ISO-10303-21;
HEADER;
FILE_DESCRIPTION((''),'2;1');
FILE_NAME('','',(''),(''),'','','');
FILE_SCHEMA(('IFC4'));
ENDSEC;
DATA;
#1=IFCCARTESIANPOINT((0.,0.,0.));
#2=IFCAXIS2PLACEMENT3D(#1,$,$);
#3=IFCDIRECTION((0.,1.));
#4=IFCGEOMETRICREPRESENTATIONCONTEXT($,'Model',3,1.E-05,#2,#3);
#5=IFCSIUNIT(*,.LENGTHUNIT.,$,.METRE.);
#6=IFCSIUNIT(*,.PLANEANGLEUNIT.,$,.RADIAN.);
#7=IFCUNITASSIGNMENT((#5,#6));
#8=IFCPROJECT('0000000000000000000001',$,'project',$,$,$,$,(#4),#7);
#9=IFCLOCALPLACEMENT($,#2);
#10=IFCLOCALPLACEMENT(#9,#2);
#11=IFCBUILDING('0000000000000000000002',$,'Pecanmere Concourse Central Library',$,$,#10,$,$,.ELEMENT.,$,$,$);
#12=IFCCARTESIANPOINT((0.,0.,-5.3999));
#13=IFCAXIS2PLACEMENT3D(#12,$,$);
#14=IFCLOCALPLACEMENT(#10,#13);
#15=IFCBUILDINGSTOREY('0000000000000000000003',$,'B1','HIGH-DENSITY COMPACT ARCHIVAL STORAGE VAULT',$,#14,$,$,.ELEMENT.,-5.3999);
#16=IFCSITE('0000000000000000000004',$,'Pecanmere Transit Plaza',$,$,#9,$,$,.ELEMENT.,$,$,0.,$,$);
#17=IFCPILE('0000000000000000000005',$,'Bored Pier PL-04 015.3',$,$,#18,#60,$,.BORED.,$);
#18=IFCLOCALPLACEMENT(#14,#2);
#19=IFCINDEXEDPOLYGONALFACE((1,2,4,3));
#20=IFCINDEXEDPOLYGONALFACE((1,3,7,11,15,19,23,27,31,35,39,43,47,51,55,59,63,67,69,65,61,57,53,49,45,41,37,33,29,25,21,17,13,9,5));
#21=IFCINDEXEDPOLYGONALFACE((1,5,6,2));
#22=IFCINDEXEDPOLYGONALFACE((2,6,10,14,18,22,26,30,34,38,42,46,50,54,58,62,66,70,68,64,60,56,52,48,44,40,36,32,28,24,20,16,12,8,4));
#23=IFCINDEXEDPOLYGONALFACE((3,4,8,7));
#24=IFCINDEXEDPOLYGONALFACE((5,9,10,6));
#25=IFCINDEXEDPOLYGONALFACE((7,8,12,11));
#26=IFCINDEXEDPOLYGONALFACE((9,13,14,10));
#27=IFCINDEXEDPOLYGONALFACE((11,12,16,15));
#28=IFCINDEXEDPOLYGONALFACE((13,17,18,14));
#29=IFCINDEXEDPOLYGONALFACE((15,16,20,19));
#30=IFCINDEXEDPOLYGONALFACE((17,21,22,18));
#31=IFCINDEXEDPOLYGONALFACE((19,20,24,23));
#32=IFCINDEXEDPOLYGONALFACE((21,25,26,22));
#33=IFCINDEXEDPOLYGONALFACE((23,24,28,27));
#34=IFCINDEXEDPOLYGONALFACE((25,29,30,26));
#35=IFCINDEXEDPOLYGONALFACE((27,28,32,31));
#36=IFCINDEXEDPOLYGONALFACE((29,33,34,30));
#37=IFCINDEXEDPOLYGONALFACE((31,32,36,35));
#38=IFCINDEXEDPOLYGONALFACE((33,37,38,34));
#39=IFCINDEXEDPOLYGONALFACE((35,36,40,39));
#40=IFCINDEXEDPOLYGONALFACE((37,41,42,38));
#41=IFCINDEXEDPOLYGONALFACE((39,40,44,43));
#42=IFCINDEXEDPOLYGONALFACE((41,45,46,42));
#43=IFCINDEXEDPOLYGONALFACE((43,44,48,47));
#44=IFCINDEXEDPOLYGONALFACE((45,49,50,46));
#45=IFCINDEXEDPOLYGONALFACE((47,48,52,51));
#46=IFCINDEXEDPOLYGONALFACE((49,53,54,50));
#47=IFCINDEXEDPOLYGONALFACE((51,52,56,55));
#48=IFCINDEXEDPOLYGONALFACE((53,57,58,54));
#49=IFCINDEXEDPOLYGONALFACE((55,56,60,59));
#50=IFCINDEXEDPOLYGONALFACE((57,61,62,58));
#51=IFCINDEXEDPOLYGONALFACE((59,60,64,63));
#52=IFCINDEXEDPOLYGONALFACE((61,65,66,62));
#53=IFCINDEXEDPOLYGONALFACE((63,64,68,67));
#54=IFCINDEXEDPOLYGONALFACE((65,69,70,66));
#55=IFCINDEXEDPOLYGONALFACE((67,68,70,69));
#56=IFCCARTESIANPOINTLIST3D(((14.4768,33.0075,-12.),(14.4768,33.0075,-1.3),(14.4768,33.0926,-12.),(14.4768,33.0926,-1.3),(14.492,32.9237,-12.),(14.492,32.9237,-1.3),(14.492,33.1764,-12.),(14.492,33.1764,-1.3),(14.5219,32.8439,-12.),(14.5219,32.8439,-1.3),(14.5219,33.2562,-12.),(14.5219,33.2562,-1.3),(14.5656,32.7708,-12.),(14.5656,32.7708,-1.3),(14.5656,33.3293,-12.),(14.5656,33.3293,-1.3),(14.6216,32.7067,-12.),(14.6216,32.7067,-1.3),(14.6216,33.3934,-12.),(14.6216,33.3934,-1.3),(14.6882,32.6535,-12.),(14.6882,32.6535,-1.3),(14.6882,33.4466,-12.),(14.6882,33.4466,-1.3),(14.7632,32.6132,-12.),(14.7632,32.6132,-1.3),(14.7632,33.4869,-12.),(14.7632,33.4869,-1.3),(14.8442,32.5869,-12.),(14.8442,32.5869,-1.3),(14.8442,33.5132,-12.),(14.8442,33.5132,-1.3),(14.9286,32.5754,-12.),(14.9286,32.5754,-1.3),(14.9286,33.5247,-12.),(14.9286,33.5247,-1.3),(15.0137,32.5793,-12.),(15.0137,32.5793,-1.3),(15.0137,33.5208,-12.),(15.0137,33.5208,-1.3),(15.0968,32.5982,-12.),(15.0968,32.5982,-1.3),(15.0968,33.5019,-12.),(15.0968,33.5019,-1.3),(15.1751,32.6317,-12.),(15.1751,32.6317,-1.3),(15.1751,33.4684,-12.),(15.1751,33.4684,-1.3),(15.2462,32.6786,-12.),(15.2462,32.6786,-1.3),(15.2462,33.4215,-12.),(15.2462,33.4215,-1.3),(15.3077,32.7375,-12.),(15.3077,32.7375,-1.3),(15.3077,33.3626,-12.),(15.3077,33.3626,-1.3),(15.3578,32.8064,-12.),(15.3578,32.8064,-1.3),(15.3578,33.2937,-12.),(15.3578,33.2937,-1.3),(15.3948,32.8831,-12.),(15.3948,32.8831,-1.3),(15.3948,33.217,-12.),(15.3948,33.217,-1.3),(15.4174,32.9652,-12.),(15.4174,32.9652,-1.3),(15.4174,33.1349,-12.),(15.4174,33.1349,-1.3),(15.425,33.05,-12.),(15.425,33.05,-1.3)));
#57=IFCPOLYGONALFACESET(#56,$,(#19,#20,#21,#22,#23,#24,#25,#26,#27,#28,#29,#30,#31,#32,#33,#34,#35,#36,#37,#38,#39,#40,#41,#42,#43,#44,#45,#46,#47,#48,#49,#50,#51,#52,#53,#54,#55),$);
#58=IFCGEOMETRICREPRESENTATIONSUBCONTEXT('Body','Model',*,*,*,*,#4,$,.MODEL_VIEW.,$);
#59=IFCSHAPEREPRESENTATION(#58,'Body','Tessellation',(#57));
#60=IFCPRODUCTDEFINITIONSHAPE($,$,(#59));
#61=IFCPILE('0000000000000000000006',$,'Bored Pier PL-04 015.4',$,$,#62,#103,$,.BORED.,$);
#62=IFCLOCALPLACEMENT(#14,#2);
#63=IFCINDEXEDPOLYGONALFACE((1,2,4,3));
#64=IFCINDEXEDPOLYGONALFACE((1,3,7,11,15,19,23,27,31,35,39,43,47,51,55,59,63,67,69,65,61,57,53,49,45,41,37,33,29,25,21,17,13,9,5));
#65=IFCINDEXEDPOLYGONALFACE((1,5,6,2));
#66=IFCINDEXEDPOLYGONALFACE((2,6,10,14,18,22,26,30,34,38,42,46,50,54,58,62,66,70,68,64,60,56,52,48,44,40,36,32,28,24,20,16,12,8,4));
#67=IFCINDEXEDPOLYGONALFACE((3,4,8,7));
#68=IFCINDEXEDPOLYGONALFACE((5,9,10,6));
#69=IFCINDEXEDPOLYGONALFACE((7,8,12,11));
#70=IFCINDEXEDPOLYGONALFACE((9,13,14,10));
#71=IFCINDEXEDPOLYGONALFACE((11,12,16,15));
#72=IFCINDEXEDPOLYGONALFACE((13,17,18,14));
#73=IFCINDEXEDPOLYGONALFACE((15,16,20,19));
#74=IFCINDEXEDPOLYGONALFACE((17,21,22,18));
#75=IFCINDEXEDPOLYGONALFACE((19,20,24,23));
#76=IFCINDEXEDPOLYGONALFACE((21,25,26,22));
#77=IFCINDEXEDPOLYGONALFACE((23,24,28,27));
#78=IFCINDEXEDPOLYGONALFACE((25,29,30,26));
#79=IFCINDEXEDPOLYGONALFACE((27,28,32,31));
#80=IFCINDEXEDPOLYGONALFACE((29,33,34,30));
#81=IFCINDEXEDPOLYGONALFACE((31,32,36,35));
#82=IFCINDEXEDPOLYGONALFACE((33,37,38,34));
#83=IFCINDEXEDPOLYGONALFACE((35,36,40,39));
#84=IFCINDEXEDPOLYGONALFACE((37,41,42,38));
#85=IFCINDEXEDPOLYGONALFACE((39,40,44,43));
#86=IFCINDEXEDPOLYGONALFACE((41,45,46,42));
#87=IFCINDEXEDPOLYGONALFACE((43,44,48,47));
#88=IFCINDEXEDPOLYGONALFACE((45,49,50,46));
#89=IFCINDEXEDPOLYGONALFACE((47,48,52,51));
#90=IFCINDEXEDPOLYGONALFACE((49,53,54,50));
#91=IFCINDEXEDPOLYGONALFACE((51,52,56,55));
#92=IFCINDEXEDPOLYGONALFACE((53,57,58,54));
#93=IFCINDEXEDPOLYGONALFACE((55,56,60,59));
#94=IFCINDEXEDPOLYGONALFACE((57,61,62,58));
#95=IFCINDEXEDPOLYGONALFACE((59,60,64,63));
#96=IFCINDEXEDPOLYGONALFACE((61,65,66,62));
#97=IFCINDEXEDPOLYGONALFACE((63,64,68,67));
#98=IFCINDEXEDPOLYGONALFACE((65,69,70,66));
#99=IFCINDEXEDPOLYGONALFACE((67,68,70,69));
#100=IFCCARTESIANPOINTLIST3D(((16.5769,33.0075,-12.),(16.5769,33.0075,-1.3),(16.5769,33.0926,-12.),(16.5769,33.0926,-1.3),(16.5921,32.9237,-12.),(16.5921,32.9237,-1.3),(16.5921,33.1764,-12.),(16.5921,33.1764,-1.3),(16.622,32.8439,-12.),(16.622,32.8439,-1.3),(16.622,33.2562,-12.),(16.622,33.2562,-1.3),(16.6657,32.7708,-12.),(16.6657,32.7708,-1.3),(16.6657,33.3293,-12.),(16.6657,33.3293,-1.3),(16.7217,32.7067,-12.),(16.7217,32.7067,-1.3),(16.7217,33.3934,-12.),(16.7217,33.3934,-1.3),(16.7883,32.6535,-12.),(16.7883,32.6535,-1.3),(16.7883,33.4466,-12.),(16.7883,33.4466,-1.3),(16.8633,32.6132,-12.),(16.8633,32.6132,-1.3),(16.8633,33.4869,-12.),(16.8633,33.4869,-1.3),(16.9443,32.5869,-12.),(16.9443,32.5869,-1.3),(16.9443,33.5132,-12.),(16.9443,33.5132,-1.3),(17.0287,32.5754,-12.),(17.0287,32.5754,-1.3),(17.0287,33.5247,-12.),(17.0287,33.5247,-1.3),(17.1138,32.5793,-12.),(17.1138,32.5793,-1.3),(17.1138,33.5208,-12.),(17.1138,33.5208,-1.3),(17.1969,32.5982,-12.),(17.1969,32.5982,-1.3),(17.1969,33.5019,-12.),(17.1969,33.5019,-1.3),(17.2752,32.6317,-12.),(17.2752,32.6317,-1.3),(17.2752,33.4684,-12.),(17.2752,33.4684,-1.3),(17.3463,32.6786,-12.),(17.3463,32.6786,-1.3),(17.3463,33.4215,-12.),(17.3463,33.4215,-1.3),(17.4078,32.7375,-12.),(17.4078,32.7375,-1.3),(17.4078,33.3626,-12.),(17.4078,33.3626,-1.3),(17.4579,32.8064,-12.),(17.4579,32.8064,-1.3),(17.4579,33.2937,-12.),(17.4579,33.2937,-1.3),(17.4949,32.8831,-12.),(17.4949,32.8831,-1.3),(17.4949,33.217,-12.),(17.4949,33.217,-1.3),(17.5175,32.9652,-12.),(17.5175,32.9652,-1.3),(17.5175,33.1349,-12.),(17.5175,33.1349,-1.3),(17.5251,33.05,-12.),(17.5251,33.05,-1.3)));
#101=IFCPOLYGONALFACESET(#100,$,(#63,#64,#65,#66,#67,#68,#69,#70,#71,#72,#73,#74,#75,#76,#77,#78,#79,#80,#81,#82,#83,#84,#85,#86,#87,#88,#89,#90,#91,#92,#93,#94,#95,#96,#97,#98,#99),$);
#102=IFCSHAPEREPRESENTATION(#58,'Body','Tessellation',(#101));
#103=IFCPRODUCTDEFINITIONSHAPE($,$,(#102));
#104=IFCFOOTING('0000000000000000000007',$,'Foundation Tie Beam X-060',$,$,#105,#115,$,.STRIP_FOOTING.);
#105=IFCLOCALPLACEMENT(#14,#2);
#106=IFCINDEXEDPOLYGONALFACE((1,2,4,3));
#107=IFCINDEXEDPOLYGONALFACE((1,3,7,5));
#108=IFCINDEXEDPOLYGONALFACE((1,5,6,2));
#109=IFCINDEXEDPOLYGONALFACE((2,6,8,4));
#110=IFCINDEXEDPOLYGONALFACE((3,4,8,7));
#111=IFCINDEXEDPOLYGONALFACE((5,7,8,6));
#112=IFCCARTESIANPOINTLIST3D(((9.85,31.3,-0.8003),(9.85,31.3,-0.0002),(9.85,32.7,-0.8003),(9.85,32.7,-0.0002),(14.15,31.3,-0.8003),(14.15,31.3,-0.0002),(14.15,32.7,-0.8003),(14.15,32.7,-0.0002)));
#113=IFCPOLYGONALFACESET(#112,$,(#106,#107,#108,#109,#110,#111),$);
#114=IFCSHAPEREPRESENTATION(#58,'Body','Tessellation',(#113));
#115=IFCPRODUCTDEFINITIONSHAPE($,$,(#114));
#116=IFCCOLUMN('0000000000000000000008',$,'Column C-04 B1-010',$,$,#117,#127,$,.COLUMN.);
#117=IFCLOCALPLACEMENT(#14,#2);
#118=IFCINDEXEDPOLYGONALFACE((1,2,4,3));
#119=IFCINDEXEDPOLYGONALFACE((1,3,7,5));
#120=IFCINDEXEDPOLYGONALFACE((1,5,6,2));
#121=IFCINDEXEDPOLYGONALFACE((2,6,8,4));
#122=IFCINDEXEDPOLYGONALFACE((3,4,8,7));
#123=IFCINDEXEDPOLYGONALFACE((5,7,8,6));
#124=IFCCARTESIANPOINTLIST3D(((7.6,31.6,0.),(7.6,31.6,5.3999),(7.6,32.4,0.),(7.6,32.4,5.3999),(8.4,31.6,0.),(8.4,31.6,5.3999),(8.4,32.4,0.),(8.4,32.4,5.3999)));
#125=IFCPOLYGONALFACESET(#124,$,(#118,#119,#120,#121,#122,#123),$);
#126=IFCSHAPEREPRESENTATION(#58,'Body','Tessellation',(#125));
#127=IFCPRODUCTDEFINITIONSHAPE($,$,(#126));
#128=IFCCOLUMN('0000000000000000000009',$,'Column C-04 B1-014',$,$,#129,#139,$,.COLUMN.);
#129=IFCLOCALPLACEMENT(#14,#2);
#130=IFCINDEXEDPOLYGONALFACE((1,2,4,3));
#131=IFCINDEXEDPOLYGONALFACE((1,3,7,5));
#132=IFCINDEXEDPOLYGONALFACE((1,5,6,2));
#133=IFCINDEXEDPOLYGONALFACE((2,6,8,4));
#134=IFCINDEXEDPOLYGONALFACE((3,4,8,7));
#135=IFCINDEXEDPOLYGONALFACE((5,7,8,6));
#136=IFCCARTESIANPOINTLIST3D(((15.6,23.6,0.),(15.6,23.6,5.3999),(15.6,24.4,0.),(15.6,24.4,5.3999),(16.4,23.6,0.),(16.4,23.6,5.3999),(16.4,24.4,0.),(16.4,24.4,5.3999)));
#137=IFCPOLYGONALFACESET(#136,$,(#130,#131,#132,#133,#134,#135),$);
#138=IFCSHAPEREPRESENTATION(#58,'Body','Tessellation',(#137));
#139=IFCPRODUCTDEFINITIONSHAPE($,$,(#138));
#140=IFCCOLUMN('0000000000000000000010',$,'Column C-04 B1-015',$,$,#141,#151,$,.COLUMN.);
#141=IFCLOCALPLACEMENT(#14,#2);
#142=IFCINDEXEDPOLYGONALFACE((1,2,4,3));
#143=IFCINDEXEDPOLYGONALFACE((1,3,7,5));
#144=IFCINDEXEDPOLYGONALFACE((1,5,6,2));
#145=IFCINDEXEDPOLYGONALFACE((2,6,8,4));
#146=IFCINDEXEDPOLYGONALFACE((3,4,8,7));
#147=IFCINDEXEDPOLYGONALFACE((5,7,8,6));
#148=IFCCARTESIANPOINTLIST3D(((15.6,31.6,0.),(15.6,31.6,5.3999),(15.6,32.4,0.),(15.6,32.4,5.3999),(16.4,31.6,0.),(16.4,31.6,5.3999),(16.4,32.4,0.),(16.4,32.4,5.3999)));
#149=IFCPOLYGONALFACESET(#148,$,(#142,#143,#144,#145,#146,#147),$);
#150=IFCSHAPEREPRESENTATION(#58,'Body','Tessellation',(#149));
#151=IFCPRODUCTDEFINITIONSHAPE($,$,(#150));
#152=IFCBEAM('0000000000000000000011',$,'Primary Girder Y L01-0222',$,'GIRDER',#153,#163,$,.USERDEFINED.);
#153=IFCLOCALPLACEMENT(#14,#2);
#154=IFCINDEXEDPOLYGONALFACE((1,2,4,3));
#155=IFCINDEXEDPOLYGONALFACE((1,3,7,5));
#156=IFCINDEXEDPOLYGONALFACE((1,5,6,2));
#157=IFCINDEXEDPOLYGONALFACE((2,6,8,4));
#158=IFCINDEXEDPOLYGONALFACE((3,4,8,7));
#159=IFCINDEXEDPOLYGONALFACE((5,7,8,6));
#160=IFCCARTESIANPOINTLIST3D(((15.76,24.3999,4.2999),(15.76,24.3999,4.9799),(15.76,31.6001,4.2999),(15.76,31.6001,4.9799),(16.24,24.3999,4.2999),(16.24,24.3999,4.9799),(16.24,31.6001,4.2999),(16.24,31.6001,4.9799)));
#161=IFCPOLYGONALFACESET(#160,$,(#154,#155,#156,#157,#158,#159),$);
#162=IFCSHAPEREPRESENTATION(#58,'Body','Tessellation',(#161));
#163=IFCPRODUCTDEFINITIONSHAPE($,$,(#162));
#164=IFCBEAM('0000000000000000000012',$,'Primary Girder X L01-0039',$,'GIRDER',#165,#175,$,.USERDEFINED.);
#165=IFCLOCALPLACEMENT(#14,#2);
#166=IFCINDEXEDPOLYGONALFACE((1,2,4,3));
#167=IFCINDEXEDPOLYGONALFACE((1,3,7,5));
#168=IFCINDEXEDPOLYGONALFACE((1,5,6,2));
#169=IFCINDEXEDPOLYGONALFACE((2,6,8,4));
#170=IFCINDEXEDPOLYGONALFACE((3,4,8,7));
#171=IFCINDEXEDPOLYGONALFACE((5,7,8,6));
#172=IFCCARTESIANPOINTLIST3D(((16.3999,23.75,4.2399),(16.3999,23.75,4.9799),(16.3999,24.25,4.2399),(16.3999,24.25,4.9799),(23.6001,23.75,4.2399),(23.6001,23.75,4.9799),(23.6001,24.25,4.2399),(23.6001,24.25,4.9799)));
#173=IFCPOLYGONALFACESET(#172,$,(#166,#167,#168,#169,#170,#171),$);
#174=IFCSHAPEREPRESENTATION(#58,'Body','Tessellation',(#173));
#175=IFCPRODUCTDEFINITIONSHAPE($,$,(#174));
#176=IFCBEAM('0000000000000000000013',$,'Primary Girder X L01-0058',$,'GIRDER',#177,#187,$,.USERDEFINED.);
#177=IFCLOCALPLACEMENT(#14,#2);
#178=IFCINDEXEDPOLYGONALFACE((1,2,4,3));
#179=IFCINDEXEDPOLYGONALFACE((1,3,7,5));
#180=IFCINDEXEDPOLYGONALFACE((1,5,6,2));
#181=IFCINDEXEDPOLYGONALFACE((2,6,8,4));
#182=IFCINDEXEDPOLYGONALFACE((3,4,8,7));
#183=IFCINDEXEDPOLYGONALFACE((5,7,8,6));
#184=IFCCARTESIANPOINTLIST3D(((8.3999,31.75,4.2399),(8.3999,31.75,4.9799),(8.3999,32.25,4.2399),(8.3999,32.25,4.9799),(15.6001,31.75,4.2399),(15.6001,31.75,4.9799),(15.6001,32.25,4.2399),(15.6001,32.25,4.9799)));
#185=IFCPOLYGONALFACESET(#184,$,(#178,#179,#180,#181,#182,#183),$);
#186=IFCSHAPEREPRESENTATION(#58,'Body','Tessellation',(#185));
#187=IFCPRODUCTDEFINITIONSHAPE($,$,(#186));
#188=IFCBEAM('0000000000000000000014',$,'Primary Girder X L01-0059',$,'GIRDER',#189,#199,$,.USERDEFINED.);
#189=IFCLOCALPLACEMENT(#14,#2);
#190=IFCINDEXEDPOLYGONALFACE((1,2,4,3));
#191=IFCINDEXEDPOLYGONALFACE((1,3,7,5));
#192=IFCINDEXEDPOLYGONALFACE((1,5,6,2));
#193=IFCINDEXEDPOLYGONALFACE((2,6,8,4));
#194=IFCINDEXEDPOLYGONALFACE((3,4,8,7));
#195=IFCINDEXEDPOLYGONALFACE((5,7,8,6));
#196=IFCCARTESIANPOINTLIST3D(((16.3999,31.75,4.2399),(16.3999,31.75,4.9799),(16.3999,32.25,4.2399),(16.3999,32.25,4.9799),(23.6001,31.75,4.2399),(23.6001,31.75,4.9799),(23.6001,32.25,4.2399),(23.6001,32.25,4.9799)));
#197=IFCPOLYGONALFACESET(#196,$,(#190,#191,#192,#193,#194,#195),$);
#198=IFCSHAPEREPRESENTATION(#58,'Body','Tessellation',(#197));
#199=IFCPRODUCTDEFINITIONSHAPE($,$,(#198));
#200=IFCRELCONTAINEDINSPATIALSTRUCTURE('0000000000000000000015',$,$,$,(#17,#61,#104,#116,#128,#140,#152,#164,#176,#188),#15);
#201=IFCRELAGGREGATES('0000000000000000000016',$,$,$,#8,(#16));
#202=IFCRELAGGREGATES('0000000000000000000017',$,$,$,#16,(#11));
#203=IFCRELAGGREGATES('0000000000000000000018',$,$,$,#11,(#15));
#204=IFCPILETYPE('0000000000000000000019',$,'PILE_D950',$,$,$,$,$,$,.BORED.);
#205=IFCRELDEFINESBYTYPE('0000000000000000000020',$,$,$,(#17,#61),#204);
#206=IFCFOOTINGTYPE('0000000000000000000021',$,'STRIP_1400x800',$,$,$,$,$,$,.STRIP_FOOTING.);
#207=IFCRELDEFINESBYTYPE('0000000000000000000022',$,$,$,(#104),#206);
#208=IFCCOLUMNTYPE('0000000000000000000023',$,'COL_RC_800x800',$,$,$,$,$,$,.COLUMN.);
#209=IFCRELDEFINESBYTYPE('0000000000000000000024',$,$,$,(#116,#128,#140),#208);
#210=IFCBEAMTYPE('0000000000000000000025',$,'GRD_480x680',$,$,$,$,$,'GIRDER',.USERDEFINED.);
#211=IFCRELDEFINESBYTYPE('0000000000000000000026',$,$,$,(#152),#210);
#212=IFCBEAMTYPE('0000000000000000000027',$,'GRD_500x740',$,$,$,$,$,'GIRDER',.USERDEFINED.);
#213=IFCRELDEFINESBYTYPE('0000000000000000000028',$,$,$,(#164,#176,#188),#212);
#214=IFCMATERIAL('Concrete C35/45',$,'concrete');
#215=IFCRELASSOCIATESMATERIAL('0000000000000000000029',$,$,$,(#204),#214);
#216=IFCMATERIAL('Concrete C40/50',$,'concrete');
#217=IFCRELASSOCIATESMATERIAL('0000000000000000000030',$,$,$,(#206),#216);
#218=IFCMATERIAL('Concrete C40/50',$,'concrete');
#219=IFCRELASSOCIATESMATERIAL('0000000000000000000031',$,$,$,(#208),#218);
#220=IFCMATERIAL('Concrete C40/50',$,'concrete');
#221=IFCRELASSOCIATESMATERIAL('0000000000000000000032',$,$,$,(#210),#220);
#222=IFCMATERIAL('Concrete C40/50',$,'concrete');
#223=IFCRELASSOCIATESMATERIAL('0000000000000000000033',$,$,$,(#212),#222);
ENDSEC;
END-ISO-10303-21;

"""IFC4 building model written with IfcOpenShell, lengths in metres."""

from ifc_helpers import new_model, si_unit, direction, frame, origin, origin_2d, place, context, subcontext, project, spatial, rectangle, circle, extrude, material, material_profile, profile_set, type_object, element, save


model = new_model("IFC4")

# Units and contexts
model_context = context("Model", 3, precision=1e-05, world=origin(), true_north=direction((0.0, 1.0)))
body_context = subcontext(model_context, "Body", "Model", "MODEL_VIEW")
ifc_project = project(units=[si_unit("LENGTHUNIT", "METRE"), si_unit("PLANEANGLEUNIT", "RADIAN")], contexts=[model_context])

# Site, building, storey
site_placement = place(None, origin())
site = spatial("IfcSite", under=ifc_project, at=site_placement, Name="Pecanmere Transit Plaza", CompositionType="ELEMENT", RefElevation=0.0)
building_placement = place(site_placement, origin())
building = spatial("IfcBuilding", under=site, at=building_placement, Name="Pecanmere Concourse Central Library", CompositionType="ELEMENT")
storey_placement = place(building_placement, frame((0.0, 0.0, -5.3999)))
storey = spatial("IfcBuildingStorey", under=building, at=storey_placement, Name="B1", Description="HIGH-DENSITY COMPACT ARCHIVAL STORAGE VAULT", CompositionType="ELEMENT", Elevation=-5.3999)

# Piles
ifc_material_1 = material(Name="Concrete C35/45", Category="concrete")
ifc_material_profile_1 = material_profile(ifc_material_1, circle(Radius=0.4751, at=origin_2d()), Name="PIER D950")
ifc_profile_set_1 = profile_set([ifc_material_profile_1], Name="Concrete C35/45")
pile_type = type_object("IfcPileType", Name="PILE_D950", PredefinedType="BORED", material=ifc_profile_set_1)
for number, where, z_axis, x_axis, name in (
    (1, (14.95, 33.05, -1.3), (0.0, 0.0, -1.0), (1.0, 0.0, 0.0), "Bored Pier PL-04 015.3"),
    (2, (17.05, 33.05, -1.3), (0.0, 0.0, -1.0), (1.0, 0.0, 0.0), "Bored Pier PL-04 015.4"),
):
    element("IfcPile", number, at=place(storey_placement, frame(where, z_axis=z_axis, x_axis=x_axis)), inside=storey, type_object=pile_type, Name=name, PredefinedType="BORED", context=body_context, shape_type="SweptSolid", body=[
        extrude(circle(Radius=0.4751, at=origin_2d()), origin(), (0.0, 0.0, 1.0), 10.7),
    ])

# Footing
ifc_material_2 = material(Name="Concrete C40/50", Category="concrete")
ifc_material_profile_2 = material_profile(ifc_material_2, rectangle(XDim=1.3999, YDim=0.8, at=origin_2d()), Name="RC 1400x800")
ifc_profile_set_2 = profile_set([ifc_material_profile_2], Name="Concrete C40/50")
footing_type_1 = type_object("IfcFootingType", Name="STRIP_1400x800", PredefinedType="STRIP_FOOTING", material=ifc_profile_set_2)
footing_1_placement = place(storey_placement, frame((12.0, 32.0, -0.8003), z_axis=(0.0, 0.0, 1.0), x_axis=(1.0, 0.0, 0.0)))
element("IfcFooting", 3, at=footing_1_placement, inside=storey, type_object=footing_type_1, Name="Foundation Tie Beam X-060", PredefinedType="STRIP_FOOTING", context=body_context, shape_type="SweptSolid", body=[
    extrude(rectangle(XDim=4.3, YDim=1.3999, at=origin_2d()), origin(), (0.0, 0.0, 1.0), 0.8),
])

# Columns
ifc_material_3 = material(Name="Concrete C40/50", Category="concrete")
ifc_material_profile_3 = material_profile(ifc_material_3, rectangle(XDim=0.8, YDim=0.8, at=origin_2d()), Name="RC 800x800")
ifc_profile_set_3 = profile_set([ifc_material_profile_3], Name="Concrete C40/50")
column_type = type_object("IfcColumnType", Name="COL_RC_800x800", PredefinedType="COLUMN", material=ifc_profile_set_3)
for number, where, z_axis, x_axis, name in (
    (4, (8.0, 32.0, 0.0), (0.0, 0.0, 1.0), (1.0, 0.0, 0.0), "Column C-04 B1-010"),
    (5, (16.0, 24.0, 0.0), (0.0, 0.0, 1.0), (1.0, 0.0, 0.0), "Column C-04 B1-014"),
    (6, (16.0, 32.0, 0.0), (0.0, 0.0, 1.0), (1.0, 0.0, 0.0), "Column C-04 B1-015"),
):
    element("IfcColumn", number, at=place(storey_placement, frame(where, z_axis=z_axis, x_axis=x_axis)), inside=storey, type_object=column_type, Name=name, PredefinedType="COLUMN", context=body_context, shape_type="SweptSolid", body=[
        extrude(rectangle(XDim=0.8, YDim=0.8, at=origin_2d()), origin(), (0.0, 0.0, 1.0), 5.3999),
    ])

# Beams
ifc_material_4 = material(Name="Concrete C40/50", Category="concrete")
ifc_material_profile_4 = material_profile(ifc_material_4, rectangle(XDim=0.48, YDim=0.6799, at=origin_2d()), Name="RC 480x680")
ifc_profile_set_4 = profile_set([ifc_material_profile_4], Name="Concrete C40/50")
beam_type_1 = type_object("IfcBeamType", Name="GRD_480x680", ElementType="GIRDER", PredefinedType="USERDEFINED", material=ifc_profile_set_4)
beam_1_placement = place(storey_placement, frame((16.0, 24.3999, 4.6399), z_axis=(0.0, 1.0, 0.0), x_axis=(-1.0, 0.0, 0.0)))
element("IfcBeam", 7, at=beam_1_placement, inside=storey, type_object=beam_type_1, Name="Primary Girder Y L01-0222", ObjectType="GIRDER", PredefinedType="USERDEFINED", context=body_context, shape_type="SweptSolid", body=[
    extrude(rectangle(XDim=0.48, YDim=0.6799, at=origin_2d()), origin(), (0.0, 0.0, 1.0), 7.2002),
])
ifc_material_5 = material(Name="Concrete C40/50", Category="concrete")
ifc_material_profile_5 = material_profile(ifc_material_5, rectangle(XDim=0.5, YDim=0.74, at=origin_2d()), Name="RC 500x740")
ifc_profile_set_5 = profile_set([ifc_material_profile_5], Name="Concrete C40/50")
beam_type_2 = type_object("IfcBeamType", Name="GRD_500x740", ElementType="GIRDER", PredefinedType="USERDEFINED", material=ifc_profile_set_5)
for number, where, z_axis, x_axis, name in (
    (8, (16.3999, 24.0, 4.6099), (1.0, 0.0, 0.0), (0.0, 1.0, 0.0), "Primary Girder X L01-0039"),
    (9, (8.3999, 32.0, 4.6099), (1.0, 0.0, 0.0), (0.0, 1.0, 0.0), "Primary Girder X L01-0058"),
    (10, (16.3999, 32.0, 4.6099), (1.0, 0.0, 0.0), (0.0, 1.0, 0.0), "Primary Girder X L01-0059"),
):
    element("IfcBeam", number, at=place(storey_placement, frame(where, z_axis=z_axis, x_axis=x_axis)), inside=storey, type_object=beam_type_2, Name=name, ObjectType="GIRDER", PredefinedType="USERDEFINED", context=body_context, shape_type="SweptSolid", body=[
        extrude(rectangle(XDim=0.5, YDim=0.74, at=origin_2d()), origin(), (0.0, 0.0, 1.0), 7.2002),
    ])

save(model, "model.ifc")
